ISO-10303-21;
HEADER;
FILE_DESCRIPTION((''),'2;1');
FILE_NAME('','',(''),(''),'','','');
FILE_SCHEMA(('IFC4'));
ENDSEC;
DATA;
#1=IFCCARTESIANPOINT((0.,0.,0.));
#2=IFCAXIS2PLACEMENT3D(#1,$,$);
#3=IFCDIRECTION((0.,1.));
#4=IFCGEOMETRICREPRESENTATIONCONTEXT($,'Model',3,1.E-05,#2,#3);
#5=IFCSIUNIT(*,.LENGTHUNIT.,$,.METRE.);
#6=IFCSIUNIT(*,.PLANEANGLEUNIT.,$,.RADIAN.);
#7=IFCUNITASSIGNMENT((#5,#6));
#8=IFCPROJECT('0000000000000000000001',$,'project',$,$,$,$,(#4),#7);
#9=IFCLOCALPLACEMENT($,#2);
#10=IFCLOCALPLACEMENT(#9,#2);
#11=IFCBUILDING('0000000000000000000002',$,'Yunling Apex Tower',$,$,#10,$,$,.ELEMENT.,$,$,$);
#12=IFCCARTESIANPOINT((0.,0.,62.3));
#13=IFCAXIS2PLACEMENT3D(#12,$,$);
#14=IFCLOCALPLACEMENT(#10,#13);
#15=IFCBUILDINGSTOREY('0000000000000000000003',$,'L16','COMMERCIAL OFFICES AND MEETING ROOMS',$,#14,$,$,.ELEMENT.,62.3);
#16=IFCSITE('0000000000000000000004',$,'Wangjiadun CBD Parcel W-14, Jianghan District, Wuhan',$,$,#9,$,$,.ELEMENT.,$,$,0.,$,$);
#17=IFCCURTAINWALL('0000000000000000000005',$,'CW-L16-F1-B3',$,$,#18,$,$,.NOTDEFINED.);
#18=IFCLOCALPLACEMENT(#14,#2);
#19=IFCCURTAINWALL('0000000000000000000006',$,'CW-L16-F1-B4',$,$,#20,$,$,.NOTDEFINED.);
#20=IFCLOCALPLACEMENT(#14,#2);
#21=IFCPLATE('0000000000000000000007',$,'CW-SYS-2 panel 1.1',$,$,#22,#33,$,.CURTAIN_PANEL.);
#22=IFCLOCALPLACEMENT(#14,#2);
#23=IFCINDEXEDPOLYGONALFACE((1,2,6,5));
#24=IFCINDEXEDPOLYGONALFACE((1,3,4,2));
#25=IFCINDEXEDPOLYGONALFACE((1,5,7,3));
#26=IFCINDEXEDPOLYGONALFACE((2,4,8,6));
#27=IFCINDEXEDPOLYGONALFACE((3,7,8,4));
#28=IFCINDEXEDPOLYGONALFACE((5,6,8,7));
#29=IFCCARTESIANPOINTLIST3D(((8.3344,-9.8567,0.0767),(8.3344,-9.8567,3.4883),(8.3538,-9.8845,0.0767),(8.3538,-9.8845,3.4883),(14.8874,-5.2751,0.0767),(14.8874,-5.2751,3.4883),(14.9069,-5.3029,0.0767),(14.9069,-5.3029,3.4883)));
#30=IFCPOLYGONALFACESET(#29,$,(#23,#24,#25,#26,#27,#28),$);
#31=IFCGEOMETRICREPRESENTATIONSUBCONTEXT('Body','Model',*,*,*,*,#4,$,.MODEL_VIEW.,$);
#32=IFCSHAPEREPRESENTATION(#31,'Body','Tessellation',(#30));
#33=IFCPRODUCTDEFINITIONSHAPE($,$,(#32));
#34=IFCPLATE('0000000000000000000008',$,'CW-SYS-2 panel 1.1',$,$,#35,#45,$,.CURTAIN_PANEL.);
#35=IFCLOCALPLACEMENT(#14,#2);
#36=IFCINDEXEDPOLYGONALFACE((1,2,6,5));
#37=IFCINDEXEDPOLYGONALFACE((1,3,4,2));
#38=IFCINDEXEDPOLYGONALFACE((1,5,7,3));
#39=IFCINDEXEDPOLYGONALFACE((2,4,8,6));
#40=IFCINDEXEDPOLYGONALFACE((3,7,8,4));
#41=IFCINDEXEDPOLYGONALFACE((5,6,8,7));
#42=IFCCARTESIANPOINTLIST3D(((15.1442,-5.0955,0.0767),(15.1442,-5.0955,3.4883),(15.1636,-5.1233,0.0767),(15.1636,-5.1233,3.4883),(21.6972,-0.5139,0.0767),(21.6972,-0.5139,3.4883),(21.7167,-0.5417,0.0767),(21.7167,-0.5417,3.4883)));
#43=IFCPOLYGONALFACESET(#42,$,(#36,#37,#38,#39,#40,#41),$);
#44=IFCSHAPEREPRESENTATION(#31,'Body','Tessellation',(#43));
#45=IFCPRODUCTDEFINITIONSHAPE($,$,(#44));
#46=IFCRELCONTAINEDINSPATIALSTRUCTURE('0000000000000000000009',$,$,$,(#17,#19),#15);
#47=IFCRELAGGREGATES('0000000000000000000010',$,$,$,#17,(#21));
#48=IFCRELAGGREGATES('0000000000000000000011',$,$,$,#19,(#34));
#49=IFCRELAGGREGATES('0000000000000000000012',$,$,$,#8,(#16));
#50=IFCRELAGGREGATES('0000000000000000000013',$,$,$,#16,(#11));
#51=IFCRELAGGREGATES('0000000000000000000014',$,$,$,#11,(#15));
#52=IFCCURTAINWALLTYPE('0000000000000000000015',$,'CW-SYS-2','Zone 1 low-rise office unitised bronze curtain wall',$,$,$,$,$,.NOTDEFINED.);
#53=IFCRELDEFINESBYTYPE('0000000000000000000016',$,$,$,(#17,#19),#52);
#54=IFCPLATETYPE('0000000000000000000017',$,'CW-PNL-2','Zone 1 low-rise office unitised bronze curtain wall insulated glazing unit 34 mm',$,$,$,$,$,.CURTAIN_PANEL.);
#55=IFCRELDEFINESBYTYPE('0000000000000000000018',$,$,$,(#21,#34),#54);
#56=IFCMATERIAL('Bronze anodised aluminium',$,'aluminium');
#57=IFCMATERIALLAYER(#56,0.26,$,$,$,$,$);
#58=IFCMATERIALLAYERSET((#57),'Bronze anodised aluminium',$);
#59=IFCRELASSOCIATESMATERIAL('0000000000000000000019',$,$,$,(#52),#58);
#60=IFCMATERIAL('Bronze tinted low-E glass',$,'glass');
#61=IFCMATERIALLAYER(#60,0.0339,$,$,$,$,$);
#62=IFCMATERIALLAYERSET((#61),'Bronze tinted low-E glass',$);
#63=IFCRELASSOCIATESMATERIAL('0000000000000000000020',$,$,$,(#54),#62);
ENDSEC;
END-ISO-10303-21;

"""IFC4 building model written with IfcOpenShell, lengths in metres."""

from ifc_helpers import new_model, si_unit, direction, frame, origin, origin_2d, place, context, subcontext, project, spatial, rectangle, extrude, source, transform, mapped, material, layer, layer_set, type_object, element, aggregate, save


model = new_model("IFC4")

# Units and contexts
model_context = context("Model", 3, precision=1e-05, world=origin(), true_north=direction((0.0, 1.0)))
body_context = subcontext(model_context, "Body", "Model", "MODEL_VIEW")
ifc_project = project(units=[si_unit("LENGTHUNIT", "METRE"), si_unit("PLANEANGLEUNIT", "RADIAN")], contexts=[model_context])

# Site, building, storey
site_placement = place(None, origin())
site = spatial("IfcSite", under=ifc_project, at=site_placement, Name="Wangjiadun CBD Parcel W-14, Jianghan District, Wuhan", CompositionType="ELEMENT", RefElevation=0.0)
building_placement = place(site_placement, origin())
building = spatial("IfcBuilding", under=site, at=building_placement, Name="Yunling Apex Tower", CompositionType="ELEMENT")
storey_placement = place(building_placement, frame((0.0, 0.0, 62.3)))
storey = spatial("IfcBuildingStorey", under=building, at=storey_placement, Name="L16", Description="COMMERCIAL OFFICES AND MEETING ROOMS", CompositionType="ELEMENT", Elevation=62.3)

# Curtain wall
ifc_material_1 = material(Name="Bronze anodised aluminium", Category="aluminium")
ifc_layer_1 = layer(ifc_material_1, 0.26)
ifc_layer_set_1 = layer_set([ifc_layer_1], Name="Bronze anodised aluminium")
curtain_wall_type = type_object("IfcCurtainWallType", Name="CW-SYS-2", Description="Zone 1 low-rise office unitised bronze curtain wall", PredefinedType="NOTDEFINED", material=ifc_layer_set_1)
curtain_wall_1_placement = place(storey_placement, origin())
curtain_wall_1 = element("IfcCurtainWall", 1, at=curtain_wall_1_placement, inside=storey, type_object=curtain_wall_type, Name="CW-L16-F1-B3", PredefinedType="NOTDEFINED")

# Curtain wall
curtain_wall_2_placement = place(storey_placement, origin())
curtain_wall_2 = element("IfcCurtainWall", 2, at=curtain_wall_2_placement, inside=storey, type_object=curtain_wall_type, Name="CW-L16-F1-B4", PredefinedType="NOTDEFINED")

# Plates
ifc_material_2 = material(Name="Bronze tinted low-E glass", Category="glass")
ifc_layer_2 = layer(ifc_material_2, 0.0339)
ifc_layer_set_2 = layer_set([ifc_layer_2], Name="Bronze tinted low-E glass")
plate_type = type_object("IfcPlateType", Name="CW-PNL-2", Description="Zone 1 low-rise office unitised bronze curtain wall insulated glazing unit 34 mm", PredefinedType="CURTAIN_PANEL", material=ifc_layer_set_2)
shared_shape_1 = source(origin(), body_context, "Body", "SweptSolid", [
    extrude(rectangle(XDim=7.9958, YDim=0.0339, at=origin_2d()), origin(), (0.0, 0.0, 1.0), 3.4116),
])
plate_1_placement = place(storey_placement, frame((11.6206, -7.5798, 0.0767), z_axis=(0.0, 0.0, 1.0), x_axis=(0.819558, 0.572996, 0.0)))
plate_1 = element("IfcPlate", 3, at=plate_1_placement, type_object=plate_type, Name="CW-SYS-2 panel 1.1", PredefinedType="CURTAIN_PANEL", context=body_context, shape_type="MappedRepresentation", body=[
    mapped(shared_shape_1, transform((0.0, 0.0, 0.0), scale=1.0)),
])
aggregate(curtain_wall_1, [plate_1])
plate_2_placement = place(storey_placement, frame((18.4304, -2.8186, 0.0767), z_axis=(0.0, 0.0, 1.0), x_axis=(0.819552, 0.573004, 0.0)))
plate_2 = element("IfcPlate", 4, at=plate_2_placement, type_object=plate_type, Name="CW-SYS-2 panel 1.1", PredefinedType="CURTAIN_PANEL", context=body_context, shape_type="MappedRepresentation", body=[
    mapped(shared_shape_1, transform((0.0, 0.0, 0.0), scale=1.0)),
])
aggregate(curtain_wall_2, [plate_2])

save(model, "model.ifc")
